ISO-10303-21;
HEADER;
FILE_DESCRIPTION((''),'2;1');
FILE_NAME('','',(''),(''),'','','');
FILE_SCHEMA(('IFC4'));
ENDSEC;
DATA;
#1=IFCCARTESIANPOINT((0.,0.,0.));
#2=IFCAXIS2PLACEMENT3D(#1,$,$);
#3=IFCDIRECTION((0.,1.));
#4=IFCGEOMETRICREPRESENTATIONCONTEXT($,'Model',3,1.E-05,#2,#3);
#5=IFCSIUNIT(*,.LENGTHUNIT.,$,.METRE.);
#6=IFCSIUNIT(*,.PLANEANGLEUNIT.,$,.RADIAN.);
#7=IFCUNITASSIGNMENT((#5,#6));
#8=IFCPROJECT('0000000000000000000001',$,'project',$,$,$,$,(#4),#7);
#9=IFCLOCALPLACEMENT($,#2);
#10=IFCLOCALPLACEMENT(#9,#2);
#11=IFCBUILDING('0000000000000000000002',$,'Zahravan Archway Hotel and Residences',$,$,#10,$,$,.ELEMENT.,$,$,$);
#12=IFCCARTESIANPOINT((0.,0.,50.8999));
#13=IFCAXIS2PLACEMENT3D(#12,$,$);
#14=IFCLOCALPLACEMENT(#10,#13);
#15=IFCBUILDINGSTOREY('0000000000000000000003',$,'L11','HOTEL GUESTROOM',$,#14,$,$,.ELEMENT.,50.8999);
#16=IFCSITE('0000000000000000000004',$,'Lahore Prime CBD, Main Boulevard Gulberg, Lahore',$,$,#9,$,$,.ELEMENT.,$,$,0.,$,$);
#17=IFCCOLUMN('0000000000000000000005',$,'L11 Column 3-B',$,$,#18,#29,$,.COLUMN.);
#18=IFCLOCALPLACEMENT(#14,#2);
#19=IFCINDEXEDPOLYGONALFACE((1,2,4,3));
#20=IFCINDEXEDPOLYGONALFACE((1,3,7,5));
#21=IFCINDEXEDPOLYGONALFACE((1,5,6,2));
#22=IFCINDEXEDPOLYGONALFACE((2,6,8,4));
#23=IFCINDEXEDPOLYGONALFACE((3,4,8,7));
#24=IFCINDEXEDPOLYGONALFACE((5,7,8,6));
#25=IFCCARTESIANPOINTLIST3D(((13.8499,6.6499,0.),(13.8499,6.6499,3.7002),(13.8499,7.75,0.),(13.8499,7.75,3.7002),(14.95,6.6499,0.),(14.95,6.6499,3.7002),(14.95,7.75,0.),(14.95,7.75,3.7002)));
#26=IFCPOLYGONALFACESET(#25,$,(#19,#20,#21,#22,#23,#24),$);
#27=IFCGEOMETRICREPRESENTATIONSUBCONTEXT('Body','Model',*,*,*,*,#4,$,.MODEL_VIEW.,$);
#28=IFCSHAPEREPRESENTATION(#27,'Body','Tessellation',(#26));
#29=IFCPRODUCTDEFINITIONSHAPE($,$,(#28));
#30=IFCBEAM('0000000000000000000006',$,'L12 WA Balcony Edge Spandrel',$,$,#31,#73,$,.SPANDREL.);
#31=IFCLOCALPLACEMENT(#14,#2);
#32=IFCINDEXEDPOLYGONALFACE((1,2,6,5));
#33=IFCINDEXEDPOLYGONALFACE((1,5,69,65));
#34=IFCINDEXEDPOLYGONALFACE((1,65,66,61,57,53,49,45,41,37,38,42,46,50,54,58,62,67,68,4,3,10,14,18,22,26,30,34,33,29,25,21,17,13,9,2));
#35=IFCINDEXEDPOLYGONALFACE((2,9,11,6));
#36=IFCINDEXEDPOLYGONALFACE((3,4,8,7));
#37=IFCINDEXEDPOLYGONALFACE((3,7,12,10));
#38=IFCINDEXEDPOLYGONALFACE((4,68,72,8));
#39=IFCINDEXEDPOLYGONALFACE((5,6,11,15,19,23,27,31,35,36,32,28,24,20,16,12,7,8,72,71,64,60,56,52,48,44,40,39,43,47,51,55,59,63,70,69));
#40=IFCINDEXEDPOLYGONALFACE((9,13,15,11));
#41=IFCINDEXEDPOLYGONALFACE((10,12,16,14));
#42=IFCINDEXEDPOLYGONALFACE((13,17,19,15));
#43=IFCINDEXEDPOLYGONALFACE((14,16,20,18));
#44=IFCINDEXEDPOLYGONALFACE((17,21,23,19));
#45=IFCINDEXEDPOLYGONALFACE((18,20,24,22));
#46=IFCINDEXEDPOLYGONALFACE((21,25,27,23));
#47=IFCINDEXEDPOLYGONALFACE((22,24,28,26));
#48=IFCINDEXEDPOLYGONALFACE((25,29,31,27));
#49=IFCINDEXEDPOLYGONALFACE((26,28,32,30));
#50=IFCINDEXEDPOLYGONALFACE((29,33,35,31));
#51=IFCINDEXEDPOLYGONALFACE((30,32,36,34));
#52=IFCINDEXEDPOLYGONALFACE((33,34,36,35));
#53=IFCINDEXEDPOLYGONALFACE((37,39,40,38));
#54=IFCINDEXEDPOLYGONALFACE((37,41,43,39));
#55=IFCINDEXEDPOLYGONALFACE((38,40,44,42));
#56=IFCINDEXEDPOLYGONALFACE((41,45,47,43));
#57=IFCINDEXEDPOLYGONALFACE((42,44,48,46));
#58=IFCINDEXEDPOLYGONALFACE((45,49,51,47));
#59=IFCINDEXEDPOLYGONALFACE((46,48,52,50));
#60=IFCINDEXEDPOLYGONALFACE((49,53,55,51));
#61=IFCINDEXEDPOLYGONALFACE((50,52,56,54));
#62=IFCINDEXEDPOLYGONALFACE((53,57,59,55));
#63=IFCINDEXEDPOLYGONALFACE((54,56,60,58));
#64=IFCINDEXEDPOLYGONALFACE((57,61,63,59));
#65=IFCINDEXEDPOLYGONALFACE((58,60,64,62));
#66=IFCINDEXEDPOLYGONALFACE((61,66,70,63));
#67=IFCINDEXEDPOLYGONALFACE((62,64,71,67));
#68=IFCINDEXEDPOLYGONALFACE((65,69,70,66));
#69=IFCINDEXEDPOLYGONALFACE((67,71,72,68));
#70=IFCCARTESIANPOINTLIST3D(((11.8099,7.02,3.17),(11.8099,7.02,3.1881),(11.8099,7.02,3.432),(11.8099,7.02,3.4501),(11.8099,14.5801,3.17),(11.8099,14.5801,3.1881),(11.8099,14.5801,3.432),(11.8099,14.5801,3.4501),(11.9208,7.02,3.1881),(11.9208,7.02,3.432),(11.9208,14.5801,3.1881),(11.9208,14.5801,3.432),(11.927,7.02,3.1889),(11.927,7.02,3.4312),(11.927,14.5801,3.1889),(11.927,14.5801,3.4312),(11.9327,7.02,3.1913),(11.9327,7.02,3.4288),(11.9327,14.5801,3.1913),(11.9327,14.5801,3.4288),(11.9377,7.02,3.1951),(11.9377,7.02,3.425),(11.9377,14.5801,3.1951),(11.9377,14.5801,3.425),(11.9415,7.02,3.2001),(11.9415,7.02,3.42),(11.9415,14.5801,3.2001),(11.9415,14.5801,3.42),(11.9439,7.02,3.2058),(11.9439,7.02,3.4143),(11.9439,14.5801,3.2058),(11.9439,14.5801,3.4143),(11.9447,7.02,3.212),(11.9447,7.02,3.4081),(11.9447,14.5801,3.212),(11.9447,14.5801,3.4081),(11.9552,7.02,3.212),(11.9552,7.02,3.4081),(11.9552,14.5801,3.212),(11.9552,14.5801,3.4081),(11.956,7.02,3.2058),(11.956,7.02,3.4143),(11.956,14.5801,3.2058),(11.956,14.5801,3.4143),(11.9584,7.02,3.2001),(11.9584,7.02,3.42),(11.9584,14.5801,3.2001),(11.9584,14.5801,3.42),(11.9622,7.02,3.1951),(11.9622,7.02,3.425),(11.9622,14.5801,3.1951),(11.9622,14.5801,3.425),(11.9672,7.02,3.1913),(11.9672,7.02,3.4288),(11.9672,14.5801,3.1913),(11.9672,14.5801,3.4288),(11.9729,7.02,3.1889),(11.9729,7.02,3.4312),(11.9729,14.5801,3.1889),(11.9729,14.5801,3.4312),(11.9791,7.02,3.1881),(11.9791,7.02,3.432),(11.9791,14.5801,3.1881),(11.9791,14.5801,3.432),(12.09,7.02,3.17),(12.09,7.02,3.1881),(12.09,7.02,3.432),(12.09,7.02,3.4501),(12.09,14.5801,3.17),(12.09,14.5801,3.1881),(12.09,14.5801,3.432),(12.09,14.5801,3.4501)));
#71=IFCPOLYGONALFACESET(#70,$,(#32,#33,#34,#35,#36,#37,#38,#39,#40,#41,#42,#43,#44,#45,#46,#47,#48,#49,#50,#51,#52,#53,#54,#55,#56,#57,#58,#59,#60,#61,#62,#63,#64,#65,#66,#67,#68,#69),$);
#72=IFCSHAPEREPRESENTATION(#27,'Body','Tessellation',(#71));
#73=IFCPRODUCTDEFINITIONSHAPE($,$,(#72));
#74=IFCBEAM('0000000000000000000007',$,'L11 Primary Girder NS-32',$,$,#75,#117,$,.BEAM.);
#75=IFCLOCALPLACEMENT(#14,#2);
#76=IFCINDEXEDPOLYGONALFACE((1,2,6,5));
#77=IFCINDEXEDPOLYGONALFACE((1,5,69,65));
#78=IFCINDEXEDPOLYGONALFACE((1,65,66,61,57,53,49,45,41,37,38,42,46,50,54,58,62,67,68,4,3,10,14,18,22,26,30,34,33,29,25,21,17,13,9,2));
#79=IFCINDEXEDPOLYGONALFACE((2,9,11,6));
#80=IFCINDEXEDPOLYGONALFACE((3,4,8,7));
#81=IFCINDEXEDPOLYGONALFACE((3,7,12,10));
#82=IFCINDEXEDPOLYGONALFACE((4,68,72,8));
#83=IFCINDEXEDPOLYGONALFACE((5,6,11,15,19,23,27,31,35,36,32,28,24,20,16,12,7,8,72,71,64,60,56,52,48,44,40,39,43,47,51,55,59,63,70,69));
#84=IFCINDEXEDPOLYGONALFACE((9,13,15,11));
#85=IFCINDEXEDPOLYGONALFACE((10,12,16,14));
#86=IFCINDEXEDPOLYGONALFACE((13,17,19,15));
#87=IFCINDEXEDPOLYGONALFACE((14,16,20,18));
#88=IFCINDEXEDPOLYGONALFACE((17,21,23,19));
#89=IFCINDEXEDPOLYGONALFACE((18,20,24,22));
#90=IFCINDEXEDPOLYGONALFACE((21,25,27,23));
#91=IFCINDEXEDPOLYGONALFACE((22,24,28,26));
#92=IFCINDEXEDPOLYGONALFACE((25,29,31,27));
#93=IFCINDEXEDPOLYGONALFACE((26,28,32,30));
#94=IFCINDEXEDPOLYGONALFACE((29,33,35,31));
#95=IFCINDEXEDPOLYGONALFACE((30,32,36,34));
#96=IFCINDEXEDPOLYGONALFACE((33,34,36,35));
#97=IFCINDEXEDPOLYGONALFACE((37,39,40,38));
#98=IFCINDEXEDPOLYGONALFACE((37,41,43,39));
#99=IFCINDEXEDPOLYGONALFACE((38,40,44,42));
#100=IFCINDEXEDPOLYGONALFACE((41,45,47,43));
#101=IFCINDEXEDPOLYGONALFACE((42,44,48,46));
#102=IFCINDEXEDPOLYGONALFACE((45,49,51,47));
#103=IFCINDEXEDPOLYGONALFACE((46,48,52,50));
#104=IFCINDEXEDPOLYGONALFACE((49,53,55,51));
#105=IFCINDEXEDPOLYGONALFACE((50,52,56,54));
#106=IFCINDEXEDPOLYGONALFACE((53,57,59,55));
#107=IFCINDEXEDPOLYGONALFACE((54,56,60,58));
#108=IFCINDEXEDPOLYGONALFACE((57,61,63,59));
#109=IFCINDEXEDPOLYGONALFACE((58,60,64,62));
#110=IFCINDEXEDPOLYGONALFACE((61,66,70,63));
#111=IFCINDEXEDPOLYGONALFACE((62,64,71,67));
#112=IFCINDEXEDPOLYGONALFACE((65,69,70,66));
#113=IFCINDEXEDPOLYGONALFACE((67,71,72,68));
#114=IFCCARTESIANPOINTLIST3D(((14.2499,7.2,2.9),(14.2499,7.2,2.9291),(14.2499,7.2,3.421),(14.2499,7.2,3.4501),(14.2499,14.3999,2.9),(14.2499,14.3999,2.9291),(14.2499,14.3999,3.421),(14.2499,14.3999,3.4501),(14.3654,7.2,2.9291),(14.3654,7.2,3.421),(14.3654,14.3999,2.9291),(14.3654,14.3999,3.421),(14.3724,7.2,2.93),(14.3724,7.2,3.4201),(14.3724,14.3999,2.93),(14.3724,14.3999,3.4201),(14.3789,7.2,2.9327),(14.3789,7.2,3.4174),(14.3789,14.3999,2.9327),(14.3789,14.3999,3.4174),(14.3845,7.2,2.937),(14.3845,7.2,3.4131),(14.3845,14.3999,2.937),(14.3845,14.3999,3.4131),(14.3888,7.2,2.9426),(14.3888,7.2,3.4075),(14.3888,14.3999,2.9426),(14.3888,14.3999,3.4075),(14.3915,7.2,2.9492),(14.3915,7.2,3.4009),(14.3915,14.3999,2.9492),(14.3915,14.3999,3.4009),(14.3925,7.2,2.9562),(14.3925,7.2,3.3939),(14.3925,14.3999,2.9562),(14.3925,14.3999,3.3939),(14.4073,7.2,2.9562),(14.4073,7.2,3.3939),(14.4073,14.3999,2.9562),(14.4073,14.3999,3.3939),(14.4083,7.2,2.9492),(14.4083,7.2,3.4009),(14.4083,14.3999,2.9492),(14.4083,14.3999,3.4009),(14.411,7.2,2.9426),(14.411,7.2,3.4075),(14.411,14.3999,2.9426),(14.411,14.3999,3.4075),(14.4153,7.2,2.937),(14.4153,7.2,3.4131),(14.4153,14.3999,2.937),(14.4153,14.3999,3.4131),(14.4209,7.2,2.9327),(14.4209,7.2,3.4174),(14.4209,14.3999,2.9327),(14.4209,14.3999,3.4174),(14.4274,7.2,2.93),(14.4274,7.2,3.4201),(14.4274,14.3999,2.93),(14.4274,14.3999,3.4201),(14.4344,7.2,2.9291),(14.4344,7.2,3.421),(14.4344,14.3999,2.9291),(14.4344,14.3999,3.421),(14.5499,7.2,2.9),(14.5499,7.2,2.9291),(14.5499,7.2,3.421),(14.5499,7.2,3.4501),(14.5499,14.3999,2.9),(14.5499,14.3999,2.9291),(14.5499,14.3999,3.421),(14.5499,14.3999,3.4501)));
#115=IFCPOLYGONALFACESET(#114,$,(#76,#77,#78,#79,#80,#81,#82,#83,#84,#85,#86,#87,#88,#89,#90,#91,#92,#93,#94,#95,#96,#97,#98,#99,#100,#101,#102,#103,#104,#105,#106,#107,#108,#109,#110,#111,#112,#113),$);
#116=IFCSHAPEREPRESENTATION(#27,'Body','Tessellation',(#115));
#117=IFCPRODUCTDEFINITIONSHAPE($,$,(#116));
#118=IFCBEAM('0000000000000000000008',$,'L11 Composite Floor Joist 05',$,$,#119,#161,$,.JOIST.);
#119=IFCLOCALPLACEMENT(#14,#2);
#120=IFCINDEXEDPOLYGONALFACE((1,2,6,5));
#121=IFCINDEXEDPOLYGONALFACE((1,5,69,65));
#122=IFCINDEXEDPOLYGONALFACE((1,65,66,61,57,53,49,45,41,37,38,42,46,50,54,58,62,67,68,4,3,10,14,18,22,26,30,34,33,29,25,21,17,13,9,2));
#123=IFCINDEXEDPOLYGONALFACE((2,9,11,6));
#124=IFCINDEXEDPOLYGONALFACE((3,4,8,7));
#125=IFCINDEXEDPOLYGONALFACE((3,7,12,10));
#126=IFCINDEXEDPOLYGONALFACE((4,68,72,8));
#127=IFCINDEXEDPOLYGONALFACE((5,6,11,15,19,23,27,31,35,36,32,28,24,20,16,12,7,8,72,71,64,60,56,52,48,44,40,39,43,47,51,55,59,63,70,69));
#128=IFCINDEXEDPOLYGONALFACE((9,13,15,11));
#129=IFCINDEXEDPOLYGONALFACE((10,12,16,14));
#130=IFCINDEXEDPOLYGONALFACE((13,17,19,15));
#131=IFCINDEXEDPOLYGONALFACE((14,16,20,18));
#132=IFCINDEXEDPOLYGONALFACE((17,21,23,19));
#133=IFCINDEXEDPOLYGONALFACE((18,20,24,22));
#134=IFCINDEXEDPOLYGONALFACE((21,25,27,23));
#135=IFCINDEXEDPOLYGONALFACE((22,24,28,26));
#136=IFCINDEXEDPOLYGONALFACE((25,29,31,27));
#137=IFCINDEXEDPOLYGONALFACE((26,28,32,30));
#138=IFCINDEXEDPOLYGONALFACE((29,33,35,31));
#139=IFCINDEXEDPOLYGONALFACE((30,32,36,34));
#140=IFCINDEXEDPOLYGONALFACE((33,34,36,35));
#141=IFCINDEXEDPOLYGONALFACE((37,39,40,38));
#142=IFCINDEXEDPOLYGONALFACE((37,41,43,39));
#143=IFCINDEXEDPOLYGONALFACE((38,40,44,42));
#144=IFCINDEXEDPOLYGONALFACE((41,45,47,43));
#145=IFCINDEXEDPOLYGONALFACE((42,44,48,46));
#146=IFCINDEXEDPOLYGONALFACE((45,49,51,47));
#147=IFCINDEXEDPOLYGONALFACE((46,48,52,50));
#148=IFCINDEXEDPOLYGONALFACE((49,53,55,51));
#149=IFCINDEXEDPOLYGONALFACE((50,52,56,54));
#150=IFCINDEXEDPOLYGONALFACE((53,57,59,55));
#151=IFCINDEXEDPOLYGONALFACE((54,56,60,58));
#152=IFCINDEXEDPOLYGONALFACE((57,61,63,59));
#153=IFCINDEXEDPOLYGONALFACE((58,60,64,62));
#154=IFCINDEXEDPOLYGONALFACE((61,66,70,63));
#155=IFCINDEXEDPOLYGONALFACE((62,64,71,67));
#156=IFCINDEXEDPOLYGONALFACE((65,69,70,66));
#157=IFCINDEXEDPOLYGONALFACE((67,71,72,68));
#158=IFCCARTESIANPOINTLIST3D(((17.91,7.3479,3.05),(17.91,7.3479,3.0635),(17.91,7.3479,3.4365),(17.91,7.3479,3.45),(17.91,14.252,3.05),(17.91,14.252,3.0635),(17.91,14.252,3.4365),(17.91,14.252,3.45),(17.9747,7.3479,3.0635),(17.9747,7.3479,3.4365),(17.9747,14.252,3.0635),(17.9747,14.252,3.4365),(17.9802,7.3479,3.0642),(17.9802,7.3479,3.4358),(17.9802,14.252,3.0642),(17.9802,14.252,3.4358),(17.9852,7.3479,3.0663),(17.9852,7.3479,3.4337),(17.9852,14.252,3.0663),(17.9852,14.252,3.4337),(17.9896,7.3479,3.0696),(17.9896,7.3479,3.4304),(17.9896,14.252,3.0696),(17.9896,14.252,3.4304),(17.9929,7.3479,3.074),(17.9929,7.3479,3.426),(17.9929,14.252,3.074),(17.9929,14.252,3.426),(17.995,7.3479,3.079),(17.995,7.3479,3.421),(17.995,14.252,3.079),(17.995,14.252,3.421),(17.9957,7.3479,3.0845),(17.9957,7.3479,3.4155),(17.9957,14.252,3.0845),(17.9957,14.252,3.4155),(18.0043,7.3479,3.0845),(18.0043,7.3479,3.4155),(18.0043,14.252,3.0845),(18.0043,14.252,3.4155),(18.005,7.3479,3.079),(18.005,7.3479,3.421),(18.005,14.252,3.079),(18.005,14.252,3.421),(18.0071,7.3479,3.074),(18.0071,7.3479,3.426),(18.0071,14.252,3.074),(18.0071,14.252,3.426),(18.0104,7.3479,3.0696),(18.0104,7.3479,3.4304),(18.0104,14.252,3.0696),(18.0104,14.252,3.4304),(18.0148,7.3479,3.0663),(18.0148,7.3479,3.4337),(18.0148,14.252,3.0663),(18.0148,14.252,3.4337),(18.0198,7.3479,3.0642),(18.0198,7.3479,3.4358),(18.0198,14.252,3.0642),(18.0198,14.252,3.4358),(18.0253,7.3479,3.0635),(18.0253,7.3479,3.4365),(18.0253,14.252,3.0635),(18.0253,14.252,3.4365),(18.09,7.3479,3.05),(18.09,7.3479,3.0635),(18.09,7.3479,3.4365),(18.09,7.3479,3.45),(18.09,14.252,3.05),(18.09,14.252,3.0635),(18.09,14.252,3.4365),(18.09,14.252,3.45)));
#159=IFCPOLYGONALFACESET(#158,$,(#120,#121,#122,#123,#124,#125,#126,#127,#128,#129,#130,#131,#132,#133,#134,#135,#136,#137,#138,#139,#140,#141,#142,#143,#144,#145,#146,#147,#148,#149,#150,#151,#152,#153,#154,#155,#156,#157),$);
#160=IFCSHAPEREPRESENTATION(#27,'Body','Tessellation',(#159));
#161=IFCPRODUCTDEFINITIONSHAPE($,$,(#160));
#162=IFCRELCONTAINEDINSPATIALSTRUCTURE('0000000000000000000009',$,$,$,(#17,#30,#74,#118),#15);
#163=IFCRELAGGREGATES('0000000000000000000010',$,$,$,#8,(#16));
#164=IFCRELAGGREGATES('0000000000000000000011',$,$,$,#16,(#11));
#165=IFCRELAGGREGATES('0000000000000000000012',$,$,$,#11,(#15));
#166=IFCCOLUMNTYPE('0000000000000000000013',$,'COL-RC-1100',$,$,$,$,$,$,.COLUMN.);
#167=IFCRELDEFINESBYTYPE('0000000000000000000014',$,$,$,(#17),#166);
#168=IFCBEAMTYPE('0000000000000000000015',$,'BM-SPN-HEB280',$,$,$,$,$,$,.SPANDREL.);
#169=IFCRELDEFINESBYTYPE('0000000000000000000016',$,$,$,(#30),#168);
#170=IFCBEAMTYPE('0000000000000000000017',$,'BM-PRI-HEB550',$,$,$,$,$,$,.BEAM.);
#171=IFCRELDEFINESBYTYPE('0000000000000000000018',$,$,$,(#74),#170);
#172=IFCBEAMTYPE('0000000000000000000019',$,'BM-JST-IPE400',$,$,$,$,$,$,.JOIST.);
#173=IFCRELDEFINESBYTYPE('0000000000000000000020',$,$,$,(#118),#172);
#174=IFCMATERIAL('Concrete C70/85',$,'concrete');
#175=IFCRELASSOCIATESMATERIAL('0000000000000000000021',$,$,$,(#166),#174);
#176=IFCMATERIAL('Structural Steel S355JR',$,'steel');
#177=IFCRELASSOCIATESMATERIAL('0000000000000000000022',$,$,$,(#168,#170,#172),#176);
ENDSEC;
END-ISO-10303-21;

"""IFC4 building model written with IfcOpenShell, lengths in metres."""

from ifc_helpers import new_model, si_unit, direction, frame, origin, origin_2d, place, context, subcontext, project, spatial, rectangle, i_section, extrude, source, transform, mapped, material, material_profile, profile_set, type_object, type_shapes, element, save


model = new_model("IFC4")

# Units and contexts
model_context = context("Model", 3, precision=1e-05, world=origin(), true_north=direction((0.0, 1.0)))
body_context = subcontext(model_context, "Body", "Model", "MODEL_VIEW")
ifc_project = project(units=[si_unit("LENGTHUNIT", "METRE"), si_unit("PLANEANGLEUNIT", "RADIAN")], contexts=[model_context])

# Site, building, storey
site_placement = place(None, origin())
site = spatial("IfcSite", under=ifc_project, at=site_placement, Name="Lahore Prime CBD, Main Boulevard Gulberg, Lahore", CompositionType="ELEMENT", RefElevation=0.0)
building_placement = place(site_placement, origin())
building = spatial("IfcBuilding", under=site, at=building_placement, Name="Zahravan Archway Hotel and Residences", CompositionType="ELEMENT")
storey_placement = place(building_placement, frame((0.0, 0.0, 50.8999)))
storey = spatial("IfcBuildingStorey", under=building, at=storey_placement, Name="L11", Description="HOTEL GUESTROOM", CompositionType="ELEMENT", Elevation=50.8999)

# Column
ifc_material_1 = material(Name="Concrete C70/85", Category="concrete")
ifc_material_profile_1 = material_profile(ifc_material_1, rectangle(XDim=1.1001, YDim=1.1001, at=origin_2d()), Name="RC 1100x1100", Category="concrete")
ifc_profile_set_1 = profile_set([ifc_material_profile_1], Name="Concrete C70/85")
column_type = type_object("IfcColumnType", Name="COL-RC-1100", PredefinedType="COLUMN", material=ifc_profile_set_1)
shared_shape_1 = source(origin(), body_context, "Body", "SweptSolid", [
    extrude(rectangle(XDim=1.1001, YDim=1.1001, at=origin_2d()), origin(), (0.0, 0.0, 1.0), 3.7002),
])
column_placement = place(storey_placement, frame((14.3999, 7.2, 0.0), z_axis=(0.0, 0.0, 1.0), x_axis=(1.0, 0.0, 0.0)))
element("IfcColumn", 1, at=column_placement, inside=storey, type_object=column_type, Name="L11 Column 3-B", PredefinedType="COLUMN", context=body_context, shape_type="MappedRepresentation", body=[
    mapped(shared_shape_1, transform((0.0, 0.0, 0.0), scale=1.0)),
])

# Beams
ifc_material_2 = material(Name="Structural Steel S355JR", Category="steel")
ifc_material_profile_2 = material_profile(ifc_material_2, i_section(OverallWidth=0.28, OverallDepth=0.28, WebThickness=0.0105, FlangeThickness=0.0181, FilletRadius=0.0239, at=origin_2d()), Name="HEB 280", Category="steel")
ifc_profile_set_2 = profile_set([ifc_material_profile_2], Name="Structural Steel S355JR")
beam_type_1 = type_object("IfcBeamType", Name="BM-SPN-HEB280", PredefinedType="SPANDREL", material=ifc_profile_set_2)
shared_shape_2 = source(origin(), body_context, "Body", "SweptSolid", [
    extrude(i_section(OverallWidth=0.28, OverallDepth=0.28, WebThickness=0.0105, FlangeThickness=0.0181, FilletRadius=0.0239, at=origin_2d()), origin(), (0.0, 0.0, 1.0), 7.5601),
])
type_shapes(beam_type_1, [shared_shape_2])
beam_1_placement = place(storey_placement, frame((11.95, 7.02, 3.3101), z_axis=(0.0, 1.0, 0.0), x_axis=(-1.0, 0.0, 0.0)))
element("IfcBeam", 2, at=beam_1_placement, inside=storey, type_object=beam_type_1, Name="L12 WA Balcony Edge Spandrel", PredefinedType="SPANDREL", context=body_context, shape_type="MappedRepresentation", body=[
    mapped(shared_shape_2, transform((0.0, 0.0, 0.0), scale=1.0)),
])
ifc_material_profile_3 = material_profile(ifc_material_2, i_section(OverallWidth=0.3, OverallDepth=0.55, WebThickness=0.0149, FlangeThickness=0.0291, FilletRadius=0.0271, at=origin_2d()), Name="HEB 550", Category="steel")
ifc_profile_set_3 = profile_set([ifc_material_profile_3], Name="Structural Steel S355JR")
beam_type_2 = type_object("IfcBeamType", Name="BM-PRI-HEB550", PredefinedType="BEAM", material=ifc_profile_set_3)
shared_shape_3 = source(origin(), body_context, "Body", "SweptSolid", [
    extrude(i_section(OverallWidth=0.3, OverallDepth=0.55, WebThickness=0.0149, FlangeThickness=0.0291, FilletRadius=0.0271, at=origin_2d()), origin(), (0.0, 0.0, 1.0), 7.2),
])
beam_2_placement = place(storey_placement, frame((14.3999, 7.2, 3.175), z_axis=(0.0, 1.0, 0.0), x_axis=(-1.0, 0.0, 0.0)))
element("IfcBeam", 3, at=beam_2_placement, inside=storey, type_object=beam_type_2, Name="L11 Primary Girder NS-32", PredefinedType="BEAM", context=body_context, shape_type="MappedRepresentation", body=[
    mapped(shared_shape_3, transform((0.0, 0.0, 0.0), scale=1.0)),
])
ifc_material_profile_4 = material_profile(ifc_material_2, i_section(OverallWidth=0.1799, OverallDepth=0.3999, WebThickness=0.0085, FlangeThickness=0.0134, FilletRadius=0.021, at=origin_2d()), Name="IPE 400", Category="steel")
ifc_profile_set_4 = profile_set([ifc_material_profile_4], Name="Structural Steel S355JR")
beam_type_3 = type_object("IfcBeamType", Name="BM-JST-IPE400", PredefinedType="JOIST", material=ifc_profile_set_4)
shared_shape_4 = source(origin(), body_context, "Body", "SweptSolid", [
    extrude(i_section(OverallWidth=0.1799, OverallDepth=0.3999, WebThickness=0.0085, FlangeThickness=0.0134, FilletRadius=0.021, at=origin_2d()), origin(), (0.0, 0.0, 1.0), 6.9041),
])
type_shapes(beam_type_3, [shared_shape_4])
beam_3_placement = place(storey_placement, frame((18.0, 7.3479, 3.25), z_axis=(0.0, 1.0, 0.0), x_axis=(-1.0, 0.0, 0.0)))
element("IfcBeam", 4, at=beam_3_placement, inside=storey, type_object=beam_type_3, Name="L11 Composite Floor Joist 05", PredefinedType="JOIST", context=body_context, shape_type="MappedRepresentation", body=[
    mapped(shared_shape_4, transform((0.0, 0.0, 0.0), scale=1.0)),
])

save(model, "model.ifc")
